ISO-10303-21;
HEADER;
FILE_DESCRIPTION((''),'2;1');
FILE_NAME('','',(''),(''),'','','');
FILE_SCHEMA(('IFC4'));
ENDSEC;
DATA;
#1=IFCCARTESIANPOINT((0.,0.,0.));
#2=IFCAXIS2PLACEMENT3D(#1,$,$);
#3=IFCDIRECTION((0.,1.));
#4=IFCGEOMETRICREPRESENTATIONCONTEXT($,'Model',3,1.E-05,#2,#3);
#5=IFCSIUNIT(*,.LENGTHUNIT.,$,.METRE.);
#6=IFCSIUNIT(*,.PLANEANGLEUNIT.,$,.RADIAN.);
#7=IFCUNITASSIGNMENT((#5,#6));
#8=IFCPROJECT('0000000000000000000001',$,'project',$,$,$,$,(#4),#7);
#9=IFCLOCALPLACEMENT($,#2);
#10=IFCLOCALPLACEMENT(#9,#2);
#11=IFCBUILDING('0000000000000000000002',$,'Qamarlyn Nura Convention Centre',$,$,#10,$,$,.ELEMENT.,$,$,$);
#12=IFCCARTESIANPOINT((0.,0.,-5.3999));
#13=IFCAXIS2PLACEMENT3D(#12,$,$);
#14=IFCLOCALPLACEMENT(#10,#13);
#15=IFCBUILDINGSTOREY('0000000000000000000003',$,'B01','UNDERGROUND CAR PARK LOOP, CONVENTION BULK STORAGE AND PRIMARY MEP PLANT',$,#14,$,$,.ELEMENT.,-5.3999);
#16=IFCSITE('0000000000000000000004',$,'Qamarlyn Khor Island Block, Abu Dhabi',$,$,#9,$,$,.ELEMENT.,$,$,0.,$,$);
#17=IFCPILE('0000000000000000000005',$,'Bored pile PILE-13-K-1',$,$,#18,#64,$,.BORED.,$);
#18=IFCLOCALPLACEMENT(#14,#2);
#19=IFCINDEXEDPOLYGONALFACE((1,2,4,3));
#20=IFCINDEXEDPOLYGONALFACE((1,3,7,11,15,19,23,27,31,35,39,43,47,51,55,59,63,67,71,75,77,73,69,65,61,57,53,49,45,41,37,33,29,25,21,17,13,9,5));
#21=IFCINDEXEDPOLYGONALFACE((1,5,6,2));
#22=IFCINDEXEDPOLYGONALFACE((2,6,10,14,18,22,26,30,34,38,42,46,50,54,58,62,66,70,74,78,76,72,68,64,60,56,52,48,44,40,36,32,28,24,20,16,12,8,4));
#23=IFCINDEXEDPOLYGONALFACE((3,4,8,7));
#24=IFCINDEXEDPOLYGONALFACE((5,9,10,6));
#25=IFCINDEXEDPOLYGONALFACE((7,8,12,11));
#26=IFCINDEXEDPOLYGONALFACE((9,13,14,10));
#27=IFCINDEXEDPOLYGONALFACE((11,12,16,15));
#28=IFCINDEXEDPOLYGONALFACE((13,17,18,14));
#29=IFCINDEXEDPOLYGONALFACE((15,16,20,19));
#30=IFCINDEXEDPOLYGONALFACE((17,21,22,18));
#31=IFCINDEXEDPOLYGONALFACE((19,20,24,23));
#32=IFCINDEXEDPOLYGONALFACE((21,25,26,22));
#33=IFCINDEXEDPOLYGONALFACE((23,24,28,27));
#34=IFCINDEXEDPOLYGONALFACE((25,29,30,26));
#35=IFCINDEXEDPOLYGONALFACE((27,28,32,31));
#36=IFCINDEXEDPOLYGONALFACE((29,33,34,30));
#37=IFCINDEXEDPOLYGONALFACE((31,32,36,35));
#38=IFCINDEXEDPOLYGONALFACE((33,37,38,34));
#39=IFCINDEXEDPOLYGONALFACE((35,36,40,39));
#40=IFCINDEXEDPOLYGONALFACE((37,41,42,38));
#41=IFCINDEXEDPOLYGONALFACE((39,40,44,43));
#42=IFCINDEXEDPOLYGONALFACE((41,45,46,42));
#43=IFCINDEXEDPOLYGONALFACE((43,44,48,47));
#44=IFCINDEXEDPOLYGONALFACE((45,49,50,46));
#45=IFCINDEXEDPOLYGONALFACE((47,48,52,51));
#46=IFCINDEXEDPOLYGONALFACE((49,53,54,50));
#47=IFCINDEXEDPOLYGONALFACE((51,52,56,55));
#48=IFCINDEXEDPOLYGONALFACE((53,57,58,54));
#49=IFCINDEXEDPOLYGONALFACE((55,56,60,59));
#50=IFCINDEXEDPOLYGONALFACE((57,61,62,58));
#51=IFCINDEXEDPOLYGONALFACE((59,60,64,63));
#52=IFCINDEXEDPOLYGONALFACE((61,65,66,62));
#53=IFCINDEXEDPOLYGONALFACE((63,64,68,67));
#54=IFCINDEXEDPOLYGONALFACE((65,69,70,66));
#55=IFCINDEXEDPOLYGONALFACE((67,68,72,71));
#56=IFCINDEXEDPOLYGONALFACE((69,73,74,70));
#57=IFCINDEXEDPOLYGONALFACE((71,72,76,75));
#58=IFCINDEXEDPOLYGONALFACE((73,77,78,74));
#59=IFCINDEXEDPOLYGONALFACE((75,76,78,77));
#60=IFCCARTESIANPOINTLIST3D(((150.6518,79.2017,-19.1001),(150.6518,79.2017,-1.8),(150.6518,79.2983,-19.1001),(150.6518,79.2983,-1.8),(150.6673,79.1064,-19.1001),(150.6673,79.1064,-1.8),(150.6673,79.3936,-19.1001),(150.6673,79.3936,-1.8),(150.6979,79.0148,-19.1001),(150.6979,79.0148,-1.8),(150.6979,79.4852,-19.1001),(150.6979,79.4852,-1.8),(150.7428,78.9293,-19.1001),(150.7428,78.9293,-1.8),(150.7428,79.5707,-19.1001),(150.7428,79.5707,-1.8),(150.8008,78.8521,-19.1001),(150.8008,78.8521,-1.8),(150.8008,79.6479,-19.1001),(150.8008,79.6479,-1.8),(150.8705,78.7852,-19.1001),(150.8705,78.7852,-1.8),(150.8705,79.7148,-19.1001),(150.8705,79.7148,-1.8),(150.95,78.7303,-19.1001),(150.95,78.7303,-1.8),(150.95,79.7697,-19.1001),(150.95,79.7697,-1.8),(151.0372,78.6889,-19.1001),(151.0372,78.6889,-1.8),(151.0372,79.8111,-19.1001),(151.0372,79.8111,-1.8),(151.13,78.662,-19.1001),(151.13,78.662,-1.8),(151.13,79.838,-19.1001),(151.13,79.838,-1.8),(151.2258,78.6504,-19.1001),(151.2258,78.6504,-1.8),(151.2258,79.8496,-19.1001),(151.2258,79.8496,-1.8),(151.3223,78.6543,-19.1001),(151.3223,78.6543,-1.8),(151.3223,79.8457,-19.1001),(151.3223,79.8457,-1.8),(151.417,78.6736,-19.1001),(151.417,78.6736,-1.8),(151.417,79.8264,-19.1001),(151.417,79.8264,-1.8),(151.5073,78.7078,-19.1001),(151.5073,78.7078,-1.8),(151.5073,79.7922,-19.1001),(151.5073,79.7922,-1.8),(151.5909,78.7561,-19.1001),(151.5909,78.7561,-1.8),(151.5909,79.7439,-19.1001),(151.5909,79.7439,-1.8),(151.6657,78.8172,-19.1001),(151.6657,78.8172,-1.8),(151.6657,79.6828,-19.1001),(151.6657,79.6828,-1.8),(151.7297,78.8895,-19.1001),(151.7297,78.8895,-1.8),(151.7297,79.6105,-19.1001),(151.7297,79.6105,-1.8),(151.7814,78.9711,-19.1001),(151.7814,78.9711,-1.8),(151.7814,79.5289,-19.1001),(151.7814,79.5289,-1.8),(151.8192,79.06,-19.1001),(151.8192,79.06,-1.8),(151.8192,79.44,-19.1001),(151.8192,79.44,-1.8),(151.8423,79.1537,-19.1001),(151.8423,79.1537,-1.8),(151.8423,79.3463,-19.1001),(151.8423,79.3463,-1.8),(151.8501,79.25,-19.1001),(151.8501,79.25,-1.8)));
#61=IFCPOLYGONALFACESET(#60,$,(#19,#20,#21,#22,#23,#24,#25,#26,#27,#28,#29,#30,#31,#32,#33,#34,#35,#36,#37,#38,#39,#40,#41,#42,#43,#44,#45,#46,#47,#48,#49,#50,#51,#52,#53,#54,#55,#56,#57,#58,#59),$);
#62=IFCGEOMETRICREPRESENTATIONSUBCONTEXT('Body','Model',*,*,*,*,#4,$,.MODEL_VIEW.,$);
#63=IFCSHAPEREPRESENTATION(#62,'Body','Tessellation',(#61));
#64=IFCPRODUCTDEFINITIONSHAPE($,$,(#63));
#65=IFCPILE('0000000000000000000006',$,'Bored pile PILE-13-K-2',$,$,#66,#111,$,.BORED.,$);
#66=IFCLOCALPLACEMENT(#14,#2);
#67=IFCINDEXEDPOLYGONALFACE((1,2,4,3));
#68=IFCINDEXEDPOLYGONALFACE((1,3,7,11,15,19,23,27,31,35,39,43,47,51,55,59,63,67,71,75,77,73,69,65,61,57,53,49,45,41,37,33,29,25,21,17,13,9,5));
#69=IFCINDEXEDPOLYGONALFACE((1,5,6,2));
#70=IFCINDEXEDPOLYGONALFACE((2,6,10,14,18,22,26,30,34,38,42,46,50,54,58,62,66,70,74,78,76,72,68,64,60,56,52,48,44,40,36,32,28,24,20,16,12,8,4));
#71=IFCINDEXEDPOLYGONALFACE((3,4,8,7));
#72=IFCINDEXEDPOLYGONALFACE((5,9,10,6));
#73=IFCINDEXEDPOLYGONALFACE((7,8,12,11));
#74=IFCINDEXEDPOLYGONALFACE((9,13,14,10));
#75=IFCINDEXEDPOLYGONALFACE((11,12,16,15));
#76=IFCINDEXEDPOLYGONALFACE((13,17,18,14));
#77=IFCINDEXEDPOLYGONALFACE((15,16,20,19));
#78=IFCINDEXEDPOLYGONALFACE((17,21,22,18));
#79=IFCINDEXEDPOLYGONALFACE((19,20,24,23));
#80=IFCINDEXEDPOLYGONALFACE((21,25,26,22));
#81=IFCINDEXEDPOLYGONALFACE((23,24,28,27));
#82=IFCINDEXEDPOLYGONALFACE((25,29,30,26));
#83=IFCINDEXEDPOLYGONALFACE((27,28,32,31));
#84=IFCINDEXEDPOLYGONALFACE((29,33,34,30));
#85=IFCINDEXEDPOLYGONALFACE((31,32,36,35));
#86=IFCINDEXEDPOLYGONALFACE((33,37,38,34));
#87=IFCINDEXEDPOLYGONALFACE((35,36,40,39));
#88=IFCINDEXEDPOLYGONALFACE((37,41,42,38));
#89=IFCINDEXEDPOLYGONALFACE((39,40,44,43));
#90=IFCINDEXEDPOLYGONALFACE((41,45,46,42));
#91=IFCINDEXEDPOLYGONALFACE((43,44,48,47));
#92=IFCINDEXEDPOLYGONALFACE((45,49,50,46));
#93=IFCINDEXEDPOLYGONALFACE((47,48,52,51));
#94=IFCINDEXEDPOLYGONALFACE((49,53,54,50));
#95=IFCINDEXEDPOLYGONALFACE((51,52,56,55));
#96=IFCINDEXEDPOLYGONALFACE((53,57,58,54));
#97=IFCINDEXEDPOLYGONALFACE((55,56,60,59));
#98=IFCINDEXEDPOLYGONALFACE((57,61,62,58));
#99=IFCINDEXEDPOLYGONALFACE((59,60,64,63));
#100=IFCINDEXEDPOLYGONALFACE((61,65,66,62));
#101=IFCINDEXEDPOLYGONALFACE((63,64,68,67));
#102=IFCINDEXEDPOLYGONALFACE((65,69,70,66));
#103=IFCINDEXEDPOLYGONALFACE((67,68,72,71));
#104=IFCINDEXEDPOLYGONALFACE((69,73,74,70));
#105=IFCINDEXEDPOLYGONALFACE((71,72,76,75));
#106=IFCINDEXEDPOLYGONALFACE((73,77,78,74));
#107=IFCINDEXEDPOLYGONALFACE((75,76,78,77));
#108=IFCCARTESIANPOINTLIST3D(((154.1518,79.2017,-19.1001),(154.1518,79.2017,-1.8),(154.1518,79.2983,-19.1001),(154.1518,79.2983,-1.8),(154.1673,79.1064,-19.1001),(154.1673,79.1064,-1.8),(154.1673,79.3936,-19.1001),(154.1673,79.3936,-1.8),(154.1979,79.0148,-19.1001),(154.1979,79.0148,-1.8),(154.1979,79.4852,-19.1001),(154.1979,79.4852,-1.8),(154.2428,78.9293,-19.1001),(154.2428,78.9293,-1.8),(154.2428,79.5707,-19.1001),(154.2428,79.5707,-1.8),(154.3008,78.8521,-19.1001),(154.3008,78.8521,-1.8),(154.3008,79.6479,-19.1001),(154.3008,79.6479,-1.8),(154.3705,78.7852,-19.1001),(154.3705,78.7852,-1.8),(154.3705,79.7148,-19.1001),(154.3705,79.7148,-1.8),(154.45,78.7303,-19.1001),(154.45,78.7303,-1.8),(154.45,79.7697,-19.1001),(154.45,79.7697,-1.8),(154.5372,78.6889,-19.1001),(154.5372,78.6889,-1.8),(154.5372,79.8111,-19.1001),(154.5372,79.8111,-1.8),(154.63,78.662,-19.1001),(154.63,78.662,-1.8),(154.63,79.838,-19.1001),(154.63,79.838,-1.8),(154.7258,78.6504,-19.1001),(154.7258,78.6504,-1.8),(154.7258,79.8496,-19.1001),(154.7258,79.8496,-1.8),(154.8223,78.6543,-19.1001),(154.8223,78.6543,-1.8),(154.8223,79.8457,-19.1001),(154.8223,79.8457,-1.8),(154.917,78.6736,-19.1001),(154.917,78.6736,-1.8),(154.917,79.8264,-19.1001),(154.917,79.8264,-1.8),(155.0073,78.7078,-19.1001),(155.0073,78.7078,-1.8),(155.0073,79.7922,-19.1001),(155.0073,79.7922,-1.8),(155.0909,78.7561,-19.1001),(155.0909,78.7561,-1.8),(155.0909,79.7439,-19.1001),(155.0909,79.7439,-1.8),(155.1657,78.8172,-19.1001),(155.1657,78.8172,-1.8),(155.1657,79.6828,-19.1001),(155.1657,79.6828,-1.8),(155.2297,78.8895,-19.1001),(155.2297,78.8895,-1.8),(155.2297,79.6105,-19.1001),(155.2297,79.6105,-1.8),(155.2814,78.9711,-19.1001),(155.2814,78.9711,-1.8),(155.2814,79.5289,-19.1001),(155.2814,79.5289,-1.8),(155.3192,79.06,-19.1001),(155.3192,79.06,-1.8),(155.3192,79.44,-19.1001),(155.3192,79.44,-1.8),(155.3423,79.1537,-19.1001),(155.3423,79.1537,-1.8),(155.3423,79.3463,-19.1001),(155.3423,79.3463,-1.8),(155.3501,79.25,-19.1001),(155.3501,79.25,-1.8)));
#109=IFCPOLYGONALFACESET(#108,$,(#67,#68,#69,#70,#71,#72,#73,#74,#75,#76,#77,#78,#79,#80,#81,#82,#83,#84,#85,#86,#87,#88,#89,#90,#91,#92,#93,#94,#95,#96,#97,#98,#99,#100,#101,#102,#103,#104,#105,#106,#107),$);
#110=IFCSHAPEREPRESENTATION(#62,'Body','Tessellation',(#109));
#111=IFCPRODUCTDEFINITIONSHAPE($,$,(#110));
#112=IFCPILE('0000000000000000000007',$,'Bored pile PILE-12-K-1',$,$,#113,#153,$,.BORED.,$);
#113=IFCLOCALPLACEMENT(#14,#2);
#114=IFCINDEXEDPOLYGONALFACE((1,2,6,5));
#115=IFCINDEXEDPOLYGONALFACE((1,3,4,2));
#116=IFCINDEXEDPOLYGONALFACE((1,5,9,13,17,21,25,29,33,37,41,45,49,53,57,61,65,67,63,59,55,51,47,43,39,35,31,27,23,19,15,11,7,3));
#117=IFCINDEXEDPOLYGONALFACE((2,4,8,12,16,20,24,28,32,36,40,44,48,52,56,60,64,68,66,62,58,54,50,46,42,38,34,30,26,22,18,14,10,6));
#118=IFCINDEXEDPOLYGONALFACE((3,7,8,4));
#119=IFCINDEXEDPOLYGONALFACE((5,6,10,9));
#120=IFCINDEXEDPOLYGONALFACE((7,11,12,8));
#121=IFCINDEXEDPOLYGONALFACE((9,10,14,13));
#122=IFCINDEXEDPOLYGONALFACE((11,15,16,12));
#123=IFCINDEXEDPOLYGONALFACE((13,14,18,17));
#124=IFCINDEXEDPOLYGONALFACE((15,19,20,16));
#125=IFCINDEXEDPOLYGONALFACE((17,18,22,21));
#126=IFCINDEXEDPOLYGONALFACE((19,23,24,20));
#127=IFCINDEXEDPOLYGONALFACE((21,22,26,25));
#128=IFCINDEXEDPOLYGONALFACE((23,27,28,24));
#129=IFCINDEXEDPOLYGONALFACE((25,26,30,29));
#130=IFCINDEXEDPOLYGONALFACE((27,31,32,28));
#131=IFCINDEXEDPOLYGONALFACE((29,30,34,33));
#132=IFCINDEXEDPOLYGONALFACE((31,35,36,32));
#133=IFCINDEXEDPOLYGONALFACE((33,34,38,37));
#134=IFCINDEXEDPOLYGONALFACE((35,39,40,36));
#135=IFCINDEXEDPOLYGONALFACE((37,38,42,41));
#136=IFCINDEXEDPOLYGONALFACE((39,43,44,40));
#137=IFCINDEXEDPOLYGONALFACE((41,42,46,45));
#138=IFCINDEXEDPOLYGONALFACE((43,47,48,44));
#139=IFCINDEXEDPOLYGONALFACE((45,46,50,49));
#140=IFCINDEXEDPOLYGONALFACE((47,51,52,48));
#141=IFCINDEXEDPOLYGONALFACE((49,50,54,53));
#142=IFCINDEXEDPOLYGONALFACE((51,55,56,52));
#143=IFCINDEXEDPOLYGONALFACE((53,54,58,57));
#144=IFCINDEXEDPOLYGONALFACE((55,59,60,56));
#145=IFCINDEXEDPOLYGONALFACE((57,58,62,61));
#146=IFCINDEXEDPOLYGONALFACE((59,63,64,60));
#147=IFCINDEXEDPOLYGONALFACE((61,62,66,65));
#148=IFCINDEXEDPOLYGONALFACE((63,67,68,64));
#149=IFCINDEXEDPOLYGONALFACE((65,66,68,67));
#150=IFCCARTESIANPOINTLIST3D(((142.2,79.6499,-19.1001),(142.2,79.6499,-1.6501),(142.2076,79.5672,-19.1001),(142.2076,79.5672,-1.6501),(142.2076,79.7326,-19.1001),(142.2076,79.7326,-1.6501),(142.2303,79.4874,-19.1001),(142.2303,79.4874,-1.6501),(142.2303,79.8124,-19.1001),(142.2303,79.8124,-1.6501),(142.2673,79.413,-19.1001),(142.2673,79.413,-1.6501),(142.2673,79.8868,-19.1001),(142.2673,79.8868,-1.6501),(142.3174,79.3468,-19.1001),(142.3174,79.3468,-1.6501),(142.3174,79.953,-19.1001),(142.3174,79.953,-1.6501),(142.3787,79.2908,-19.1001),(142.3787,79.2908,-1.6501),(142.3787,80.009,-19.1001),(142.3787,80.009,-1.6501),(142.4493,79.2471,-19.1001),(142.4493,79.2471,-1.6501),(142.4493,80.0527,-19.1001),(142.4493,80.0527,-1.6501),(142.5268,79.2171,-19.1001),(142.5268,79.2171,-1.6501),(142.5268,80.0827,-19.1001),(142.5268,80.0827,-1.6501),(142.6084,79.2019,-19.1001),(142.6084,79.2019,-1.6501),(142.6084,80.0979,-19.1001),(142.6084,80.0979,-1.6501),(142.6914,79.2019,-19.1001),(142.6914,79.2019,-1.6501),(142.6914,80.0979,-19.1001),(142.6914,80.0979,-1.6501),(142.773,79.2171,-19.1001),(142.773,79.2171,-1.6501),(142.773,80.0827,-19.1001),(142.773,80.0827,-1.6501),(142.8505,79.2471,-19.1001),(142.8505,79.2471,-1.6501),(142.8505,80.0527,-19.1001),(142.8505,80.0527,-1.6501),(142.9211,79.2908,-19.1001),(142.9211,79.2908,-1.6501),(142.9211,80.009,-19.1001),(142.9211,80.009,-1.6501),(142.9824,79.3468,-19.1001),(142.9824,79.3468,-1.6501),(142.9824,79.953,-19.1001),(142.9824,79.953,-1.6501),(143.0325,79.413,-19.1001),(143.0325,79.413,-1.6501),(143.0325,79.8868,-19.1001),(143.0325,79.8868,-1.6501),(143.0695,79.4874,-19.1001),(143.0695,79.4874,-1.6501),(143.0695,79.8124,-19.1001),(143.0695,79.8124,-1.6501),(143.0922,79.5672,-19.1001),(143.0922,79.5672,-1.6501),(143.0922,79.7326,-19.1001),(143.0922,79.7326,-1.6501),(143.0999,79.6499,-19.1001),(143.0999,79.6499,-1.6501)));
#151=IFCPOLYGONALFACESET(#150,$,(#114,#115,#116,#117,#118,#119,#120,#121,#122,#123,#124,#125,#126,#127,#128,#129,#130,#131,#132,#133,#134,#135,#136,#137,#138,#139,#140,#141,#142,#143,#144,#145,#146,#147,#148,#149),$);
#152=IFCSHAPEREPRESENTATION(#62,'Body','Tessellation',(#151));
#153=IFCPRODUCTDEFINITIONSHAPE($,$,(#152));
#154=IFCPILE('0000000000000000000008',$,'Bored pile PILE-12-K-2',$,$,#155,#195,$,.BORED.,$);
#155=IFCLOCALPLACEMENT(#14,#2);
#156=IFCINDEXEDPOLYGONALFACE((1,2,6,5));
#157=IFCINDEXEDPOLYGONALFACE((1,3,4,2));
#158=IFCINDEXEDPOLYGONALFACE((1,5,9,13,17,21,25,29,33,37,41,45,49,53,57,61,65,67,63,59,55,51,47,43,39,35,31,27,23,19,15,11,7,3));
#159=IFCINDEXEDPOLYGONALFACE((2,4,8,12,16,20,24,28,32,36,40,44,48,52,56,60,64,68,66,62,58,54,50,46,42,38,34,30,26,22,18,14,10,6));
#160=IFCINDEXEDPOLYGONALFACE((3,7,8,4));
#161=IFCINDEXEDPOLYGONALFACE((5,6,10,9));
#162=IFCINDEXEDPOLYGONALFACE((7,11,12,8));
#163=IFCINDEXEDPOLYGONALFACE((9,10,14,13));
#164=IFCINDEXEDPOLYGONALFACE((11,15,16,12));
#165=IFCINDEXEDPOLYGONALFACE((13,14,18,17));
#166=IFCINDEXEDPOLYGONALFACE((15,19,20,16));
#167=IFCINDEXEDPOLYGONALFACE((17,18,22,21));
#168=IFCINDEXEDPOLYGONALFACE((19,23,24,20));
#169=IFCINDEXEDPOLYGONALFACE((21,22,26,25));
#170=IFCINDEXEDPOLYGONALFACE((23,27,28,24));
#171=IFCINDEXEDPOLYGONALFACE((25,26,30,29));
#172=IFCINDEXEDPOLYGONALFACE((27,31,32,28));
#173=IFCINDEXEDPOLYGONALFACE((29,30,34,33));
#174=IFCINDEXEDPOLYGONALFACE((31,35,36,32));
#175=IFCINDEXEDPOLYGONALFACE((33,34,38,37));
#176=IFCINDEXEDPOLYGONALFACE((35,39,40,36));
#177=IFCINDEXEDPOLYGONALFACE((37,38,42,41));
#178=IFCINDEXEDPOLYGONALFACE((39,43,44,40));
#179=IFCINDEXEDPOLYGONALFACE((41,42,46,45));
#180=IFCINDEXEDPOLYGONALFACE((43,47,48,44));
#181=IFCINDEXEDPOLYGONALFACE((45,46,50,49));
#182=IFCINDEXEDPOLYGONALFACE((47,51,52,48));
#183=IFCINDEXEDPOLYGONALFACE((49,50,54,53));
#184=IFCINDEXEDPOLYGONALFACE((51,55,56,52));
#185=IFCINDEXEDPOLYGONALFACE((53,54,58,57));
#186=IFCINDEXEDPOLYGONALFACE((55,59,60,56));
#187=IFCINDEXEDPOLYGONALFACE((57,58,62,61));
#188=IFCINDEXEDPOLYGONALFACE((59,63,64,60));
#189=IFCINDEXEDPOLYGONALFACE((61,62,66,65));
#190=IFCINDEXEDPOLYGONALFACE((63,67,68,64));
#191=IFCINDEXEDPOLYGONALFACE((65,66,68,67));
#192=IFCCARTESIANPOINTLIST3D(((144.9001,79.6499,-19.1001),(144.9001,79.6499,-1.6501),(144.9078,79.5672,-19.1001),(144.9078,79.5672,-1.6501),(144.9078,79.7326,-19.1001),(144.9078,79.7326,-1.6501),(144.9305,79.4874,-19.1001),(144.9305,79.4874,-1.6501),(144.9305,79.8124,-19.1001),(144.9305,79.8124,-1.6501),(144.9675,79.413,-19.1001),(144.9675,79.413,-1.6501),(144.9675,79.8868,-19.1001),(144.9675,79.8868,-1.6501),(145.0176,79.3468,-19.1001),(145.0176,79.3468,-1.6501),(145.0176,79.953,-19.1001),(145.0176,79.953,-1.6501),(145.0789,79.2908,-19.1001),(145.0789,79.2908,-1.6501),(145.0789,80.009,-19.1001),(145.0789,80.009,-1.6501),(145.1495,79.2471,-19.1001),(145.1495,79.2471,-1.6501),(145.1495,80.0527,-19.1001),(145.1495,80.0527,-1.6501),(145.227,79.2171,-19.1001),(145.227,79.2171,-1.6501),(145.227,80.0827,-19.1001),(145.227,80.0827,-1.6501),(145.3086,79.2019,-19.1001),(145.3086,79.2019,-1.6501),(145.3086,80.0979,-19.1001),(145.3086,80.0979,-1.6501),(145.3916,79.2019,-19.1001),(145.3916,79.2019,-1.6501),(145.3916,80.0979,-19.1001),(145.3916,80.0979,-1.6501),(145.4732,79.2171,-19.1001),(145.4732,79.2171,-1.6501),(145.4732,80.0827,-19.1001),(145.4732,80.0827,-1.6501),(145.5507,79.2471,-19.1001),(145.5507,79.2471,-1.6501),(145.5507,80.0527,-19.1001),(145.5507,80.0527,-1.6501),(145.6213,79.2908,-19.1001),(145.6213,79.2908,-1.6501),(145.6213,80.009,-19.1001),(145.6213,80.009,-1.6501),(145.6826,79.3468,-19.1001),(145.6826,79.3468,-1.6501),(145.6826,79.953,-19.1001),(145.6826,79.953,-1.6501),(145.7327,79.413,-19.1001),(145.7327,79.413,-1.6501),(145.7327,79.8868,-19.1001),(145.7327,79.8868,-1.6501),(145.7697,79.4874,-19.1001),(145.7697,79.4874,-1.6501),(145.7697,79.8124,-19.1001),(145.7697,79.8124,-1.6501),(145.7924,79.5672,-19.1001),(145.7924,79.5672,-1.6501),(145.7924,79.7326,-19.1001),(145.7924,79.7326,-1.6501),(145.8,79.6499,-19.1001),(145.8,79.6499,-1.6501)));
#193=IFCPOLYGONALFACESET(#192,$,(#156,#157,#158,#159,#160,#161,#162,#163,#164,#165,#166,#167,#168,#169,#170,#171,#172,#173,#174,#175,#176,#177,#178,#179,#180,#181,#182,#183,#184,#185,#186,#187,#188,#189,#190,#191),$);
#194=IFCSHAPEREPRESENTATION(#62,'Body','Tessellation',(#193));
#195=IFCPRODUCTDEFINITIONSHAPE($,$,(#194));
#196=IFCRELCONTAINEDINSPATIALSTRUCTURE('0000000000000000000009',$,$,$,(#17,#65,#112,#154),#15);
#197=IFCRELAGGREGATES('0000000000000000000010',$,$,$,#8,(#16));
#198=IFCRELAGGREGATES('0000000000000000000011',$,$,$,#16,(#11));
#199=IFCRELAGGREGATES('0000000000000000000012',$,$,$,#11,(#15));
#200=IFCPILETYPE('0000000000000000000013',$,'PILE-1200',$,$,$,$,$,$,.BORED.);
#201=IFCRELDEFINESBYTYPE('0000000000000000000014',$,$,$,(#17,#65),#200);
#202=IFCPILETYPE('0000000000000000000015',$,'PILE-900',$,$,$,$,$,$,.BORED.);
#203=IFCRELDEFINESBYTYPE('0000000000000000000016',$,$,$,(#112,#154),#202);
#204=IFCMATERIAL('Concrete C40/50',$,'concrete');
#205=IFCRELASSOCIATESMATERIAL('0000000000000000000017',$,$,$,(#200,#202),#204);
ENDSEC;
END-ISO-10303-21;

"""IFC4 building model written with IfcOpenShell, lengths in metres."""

from ifc_helpers import new_model, si_unit, direction, frame, origin, origin_2d, place, context, subcontext, project, spatial, circle, extrude, material, material_profile, profile_set, type_object, element, save


model = new_model("IFC4")

# Units and contexts
model_context = context("Model", 3, precision=1e-05, world=origin(), true_north=direction((0.0, 1.0)))
body_context = subcontext(model_context, "Body", "Model", "MODEL_VIEW")
ifc_project = project(units=[si_unit("LENGTHUNIT", "METRE"), si_unit("PLANEANGLEUNIT", "RADIAN")], contexts=[model_context])

# Site, building, storey
site_placement = place(None, origin())
site = spatial("IfcSite", under=ifc_project, at=site_placement, Name="Qamarlyn Khor Island Block, Abu Dhabi", CompositionType="ELEMENT", RefElevation=0.0)
building_placement = place(site_placement, origin())
building = spatial("IfcBuilding", under=site, at=building_placement, Name="Qamarlyn Nura Convention Centre", CompositionType="ELEMENT")
storey_placement = place(building_placement, frame((0.0, 0.0, -5.3999)))
storey = spatial("IfcBuildingStorey", under=building, at=storey_placement, Name="B01", Description="UNDERGROUND CAR PARK LOOP, CONVENTION BULK STORAGE AND PRIMARY MEP PLANT", CompositionType="ELEMENT", Elevation=-5.3999)

# Shared definitions
ifc_material_1 = material(Name="Concrete C40/50", Category="concrete")

# Piles
ifc_material_profile_1 = material_profile(ifc_material_1, circle(Radius=0.6001, at=origin_2d()), Name="BORED PILE 1200")
ifc_profile_set_1 = profile_set([ifc_material_profile_1], Name="Concrete C40/50")
pile_type_1 = type_object("IfcPileType", Name="PILE-1200", PredefinedType="BORED", material=ifc_profile_set_1)
for number, where, z_axis, x_axis, name in (
    (1, (151.25, 79.25, -1.8), (0.0, 0.0, -1.0), (1.0, 0.0, 0.0), "Bored pile PILE-13-K-1"),
    (2, (154.75, 79.25, -1.8), (0.0, 0.0, -1.0), (1.0, 0.0, 0.0), "Bored pile PILE-13-K-2"),
):
    element("IfcPile", number, at=place(storey_placement, frame(where, z_axis=z_axis, x_axis=x_axis)), inside=storey, type_object=pile_type_1, Name=name, PredefinedType="BORED", context=body_context, shape_type="SweptSolid", body=[
        extrude(circle(Radius=0.6001, at=origin_2d()), origin(), (0.0, 0.0, 1.0), 17.3),
    ])
ifc_material_profile_2 = material_profile(ifc_material_1, circle(Radius=0.45, at=origin_2d()), Name="BORED PILE 900")
ifc_profile_set_2 = profile_set([ifc_material_profile_2], Name="Concrete C40/50")
pile_type_2 = type_object("IfcPileType", Name="PILE-900", PredefinedType="BORED", material=ifc_profile_set_2)
for number, where, z_axis, x_axis, name in (
    (3, (142.6499, 79.6499, -1.6501), (0.0, 0.0, -1.0), (1.0, 0.0, 0.0), "Bored pile PILE-12-K-1"),
    (4, (145.3501, 79.6499, -1.6501), (0.0, 0.0, -1.0), (1.0, 0.0, 0.0), "Bored pile PILE-12-K-2"),
):
    element("IfcPile", number, at=place(storey_placement, frame(where, z_axis=z_axis, x_axis=x_axis)), inside=storey, type_object=pile_type_2, Name=name, PredefinedType="BORED", context=body_context, shape_type="SweptSolid", body=[
        extrude(circle(Radius=0.45, at=origin_2d()), origin(), (0.0, 0.0, 1.0), 17.45),
    ])

save(model, "model.ifc")
